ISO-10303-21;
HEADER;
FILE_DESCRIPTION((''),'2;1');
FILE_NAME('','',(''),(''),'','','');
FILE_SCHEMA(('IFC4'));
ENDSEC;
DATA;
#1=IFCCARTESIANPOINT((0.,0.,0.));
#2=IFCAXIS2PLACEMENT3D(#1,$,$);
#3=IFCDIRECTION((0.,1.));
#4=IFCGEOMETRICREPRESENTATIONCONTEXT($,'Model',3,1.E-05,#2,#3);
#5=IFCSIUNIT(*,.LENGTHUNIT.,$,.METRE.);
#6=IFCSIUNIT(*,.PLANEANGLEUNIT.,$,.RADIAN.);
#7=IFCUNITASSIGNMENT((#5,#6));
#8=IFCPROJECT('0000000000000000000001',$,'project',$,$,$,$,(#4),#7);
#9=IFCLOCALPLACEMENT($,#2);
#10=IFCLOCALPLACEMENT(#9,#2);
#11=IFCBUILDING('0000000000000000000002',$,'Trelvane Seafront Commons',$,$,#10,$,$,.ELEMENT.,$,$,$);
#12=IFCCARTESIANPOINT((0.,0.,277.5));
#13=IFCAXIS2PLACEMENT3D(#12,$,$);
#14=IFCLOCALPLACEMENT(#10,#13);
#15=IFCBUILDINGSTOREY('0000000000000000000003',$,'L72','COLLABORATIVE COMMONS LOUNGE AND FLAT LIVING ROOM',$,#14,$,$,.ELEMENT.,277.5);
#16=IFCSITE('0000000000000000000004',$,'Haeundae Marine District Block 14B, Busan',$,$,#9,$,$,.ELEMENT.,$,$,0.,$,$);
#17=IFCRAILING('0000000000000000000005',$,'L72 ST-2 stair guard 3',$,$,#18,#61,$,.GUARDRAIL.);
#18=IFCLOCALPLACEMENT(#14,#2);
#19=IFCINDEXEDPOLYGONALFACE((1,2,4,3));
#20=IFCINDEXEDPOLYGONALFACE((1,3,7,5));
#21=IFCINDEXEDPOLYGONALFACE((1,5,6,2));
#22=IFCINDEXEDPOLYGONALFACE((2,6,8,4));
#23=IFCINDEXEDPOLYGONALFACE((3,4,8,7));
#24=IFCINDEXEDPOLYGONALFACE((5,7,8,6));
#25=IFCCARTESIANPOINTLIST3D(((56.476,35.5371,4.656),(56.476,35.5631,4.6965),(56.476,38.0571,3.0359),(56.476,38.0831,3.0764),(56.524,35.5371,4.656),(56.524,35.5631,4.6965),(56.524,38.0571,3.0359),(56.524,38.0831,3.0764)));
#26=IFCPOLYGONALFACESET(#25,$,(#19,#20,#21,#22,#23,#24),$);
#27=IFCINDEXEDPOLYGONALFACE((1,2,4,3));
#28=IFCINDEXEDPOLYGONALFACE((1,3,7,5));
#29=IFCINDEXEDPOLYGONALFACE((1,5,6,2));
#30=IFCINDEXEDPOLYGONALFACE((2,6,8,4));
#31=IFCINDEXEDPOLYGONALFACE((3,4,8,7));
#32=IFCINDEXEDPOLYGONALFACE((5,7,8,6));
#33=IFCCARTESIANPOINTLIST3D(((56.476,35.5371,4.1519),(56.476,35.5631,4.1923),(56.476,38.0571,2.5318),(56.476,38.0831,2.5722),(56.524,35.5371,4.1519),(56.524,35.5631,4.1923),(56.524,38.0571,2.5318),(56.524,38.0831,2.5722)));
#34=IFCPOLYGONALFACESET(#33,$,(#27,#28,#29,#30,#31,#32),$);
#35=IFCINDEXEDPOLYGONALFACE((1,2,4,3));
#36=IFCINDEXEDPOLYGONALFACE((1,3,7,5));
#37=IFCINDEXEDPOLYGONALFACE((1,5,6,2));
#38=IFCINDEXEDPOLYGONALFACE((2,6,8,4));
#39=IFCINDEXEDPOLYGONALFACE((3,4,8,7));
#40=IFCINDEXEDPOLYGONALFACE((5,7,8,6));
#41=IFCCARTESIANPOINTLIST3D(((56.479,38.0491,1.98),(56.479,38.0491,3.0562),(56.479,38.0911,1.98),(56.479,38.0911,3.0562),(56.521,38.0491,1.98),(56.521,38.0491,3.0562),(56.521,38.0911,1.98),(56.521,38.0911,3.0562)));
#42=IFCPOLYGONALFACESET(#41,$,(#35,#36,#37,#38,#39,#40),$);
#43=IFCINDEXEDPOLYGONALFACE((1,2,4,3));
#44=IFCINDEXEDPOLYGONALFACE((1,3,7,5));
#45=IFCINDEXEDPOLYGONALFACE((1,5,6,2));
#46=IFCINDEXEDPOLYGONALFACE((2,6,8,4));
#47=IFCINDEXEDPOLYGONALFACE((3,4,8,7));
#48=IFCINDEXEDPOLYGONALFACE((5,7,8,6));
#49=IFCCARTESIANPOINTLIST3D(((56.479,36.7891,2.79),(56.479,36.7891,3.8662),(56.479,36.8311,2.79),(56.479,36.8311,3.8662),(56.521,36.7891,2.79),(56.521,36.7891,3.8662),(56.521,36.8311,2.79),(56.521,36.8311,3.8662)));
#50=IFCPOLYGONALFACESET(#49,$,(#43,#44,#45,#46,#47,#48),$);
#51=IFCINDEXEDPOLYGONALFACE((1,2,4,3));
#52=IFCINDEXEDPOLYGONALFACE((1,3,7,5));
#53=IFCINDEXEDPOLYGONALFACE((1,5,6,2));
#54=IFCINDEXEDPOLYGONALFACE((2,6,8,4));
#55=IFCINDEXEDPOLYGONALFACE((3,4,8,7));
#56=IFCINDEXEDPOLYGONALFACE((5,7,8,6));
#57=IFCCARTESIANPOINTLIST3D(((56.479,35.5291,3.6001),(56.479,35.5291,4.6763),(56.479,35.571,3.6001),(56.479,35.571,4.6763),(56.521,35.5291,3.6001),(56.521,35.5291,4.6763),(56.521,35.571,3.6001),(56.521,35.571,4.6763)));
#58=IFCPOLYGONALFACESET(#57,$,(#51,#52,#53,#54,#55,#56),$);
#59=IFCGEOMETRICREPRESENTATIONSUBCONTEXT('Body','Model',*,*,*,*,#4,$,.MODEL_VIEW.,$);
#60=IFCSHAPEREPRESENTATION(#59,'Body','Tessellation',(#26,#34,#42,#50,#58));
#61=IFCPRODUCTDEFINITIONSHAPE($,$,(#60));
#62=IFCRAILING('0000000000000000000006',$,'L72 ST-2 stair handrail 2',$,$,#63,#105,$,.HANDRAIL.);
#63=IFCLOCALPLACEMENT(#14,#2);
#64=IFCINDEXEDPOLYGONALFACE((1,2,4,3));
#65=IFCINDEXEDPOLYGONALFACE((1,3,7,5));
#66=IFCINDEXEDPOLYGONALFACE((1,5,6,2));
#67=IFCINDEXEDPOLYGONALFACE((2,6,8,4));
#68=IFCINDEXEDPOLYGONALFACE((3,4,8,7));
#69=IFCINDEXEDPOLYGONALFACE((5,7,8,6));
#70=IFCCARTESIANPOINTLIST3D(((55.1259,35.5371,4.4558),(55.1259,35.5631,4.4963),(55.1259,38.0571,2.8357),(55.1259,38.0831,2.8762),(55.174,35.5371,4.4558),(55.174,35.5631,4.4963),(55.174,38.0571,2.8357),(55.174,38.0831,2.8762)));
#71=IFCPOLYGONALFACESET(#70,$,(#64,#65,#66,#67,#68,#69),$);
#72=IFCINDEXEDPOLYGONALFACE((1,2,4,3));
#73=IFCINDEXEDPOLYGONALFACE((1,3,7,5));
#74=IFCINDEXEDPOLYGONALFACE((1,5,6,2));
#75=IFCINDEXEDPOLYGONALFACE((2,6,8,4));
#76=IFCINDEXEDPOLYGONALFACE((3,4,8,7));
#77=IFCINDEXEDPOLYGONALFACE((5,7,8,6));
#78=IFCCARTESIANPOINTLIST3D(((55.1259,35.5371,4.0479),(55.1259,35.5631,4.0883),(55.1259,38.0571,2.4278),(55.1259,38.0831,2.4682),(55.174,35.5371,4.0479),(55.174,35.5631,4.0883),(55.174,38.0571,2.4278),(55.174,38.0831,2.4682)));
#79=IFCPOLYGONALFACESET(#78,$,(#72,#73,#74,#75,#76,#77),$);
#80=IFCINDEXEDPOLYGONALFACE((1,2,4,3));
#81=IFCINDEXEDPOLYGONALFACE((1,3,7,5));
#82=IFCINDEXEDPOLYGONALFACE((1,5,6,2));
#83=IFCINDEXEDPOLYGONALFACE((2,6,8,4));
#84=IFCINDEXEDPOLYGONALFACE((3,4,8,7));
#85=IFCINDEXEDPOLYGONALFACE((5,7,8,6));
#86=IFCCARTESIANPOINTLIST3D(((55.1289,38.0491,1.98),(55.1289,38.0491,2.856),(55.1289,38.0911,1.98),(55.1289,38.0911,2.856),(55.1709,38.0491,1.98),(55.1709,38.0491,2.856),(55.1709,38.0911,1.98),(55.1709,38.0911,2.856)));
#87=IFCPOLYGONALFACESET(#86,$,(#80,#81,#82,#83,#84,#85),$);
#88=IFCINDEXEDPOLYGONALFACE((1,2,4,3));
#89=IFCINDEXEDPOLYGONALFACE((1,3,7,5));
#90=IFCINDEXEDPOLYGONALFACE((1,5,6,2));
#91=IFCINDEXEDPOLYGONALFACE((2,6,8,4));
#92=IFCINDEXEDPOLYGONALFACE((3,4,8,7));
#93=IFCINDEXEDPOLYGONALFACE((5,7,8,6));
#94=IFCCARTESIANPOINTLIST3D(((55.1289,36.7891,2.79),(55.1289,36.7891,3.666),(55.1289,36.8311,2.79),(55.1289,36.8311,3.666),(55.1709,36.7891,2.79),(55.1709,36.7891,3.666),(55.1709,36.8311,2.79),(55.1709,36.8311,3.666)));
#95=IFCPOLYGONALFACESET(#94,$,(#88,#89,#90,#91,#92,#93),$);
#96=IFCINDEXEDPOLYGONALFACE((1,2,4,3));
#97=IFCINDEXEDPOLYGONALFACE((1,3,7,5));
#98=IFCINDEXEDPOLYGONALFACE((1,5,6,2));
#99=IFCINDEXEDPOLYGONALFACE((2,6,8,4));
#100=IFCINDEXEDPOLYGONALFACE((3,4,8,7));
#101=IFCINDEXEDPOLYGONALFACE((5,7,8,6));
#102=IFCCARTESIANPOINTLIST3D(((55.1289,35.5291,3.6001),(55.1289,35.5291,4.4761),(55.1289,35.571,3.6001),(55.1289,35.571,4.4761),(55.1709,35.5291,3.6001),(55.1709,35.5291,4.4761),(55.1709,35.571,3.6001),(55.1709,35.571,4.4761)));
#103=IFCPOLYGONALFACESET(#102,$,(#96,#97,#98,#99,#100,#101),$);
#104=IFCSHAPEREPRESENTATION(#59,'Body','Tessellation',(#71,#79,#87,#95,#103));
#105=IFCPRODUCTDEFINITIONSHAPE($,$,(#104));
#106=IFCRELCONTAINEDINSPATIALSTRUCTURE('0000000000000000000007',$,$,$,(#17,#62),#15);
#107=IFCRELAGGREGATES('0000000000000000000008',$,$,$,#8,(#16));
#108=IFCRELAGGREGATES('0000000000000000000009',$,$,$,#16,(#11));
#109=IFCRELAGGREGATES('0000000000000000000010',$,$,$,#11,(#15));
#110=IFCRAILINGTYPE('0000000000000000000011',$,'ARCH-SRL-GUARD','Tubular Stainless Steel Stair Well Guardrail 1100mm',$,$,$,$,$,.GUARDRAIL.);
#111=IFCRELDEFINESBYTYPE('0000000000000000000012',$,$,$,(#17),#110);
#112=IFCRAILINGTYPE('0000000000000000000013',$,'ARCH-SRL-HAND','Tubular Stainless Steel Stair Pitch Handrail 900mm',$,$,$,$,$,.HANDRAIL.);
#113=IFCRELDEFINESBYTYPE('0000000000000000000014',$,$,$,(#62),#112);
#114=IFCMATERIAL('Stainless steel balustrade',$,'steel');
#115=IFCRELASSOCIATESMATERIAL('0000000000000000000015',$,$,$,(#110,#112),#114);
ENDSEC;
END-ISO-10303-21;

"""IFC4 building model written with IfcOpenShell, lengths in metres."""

from ifc_helpers import new_model, si_unit, direction, frame, origin, origin_2d, place, context, subcontext, project, spatial, rectangle, extrude, material, type_object, element, save


model = new_model("IFC4")

# Units and contexts
model_context = context("Model", 3, precision=1e-05, world=origin(), true_north=direction((0.0, 1.0)))
body_context = subcontext(model_context, "Body", "Model", "MODEL_VIEW")
ifc_project = project(units=[si_unit("LENGTHUNIT", "METRE"), si_unit("PLANEANGLEUNIT", "RADIAN")], contexts=[model_context])

# Site, building, storey
site_placement = place(None, origin())
site = spatial("IfcSite", under=ifc_project, at=site_placement, Name="Haeundae Marine District Block 14B, Busan", CompositionType="ELEMENT", RefElevation=0.0)
building_placement = place(site_placement, origin())
building = spatial("IfcBuilding", under=site, at=building_placement, Name="Trelvane Seafront Commons", CompositionType="ELEMENT")
storey_placement = place(building_placement, frame((0.0, 0.0, 277.5)))
storey = spatial("IfcBuildingStorey", under=building, at=storey_placement, Name="L72", Description="COLLABORATIVE COMMONS LOUNGE AND FLAT LIVING ROOM", CompositionType="ELEMENT", Elevation=277.5)

# Railings
ifc_material_1 = material(Name="Stainless steel balustrade", Category="steel")
railing_type_1 = type_object("IfcRailingType", Name="ARCH-SRL-GUARD", Description="Tubular Stainless Steel Stair Well Guardrail 1100mm", PredefinedType="GUARDRAIL", material=ifc_material_1)
railing_1_placement = place(storey_placement, frame((56.5, 38.0701, 1.98)))
element("IfcRailing", 1, at=railing_1_placement, inside=storey, type_object=railing_type_1, Name="L72 ST-2 stair guard 3", PredefinedType="GUARDRAIL", context=body_context, shape_type="SweptSolid", body=[
    extrude(rectangle(XDim=0.0481, YDim=0.0481, at=origin_2d()), frame((0.0, 0.0, 1.0762), z_axis=(0.0, -0.841163, 0.540782), x_axis=(1.0, 0.0, 0.0)), (0.0, 0.0, 1.0), 2.9958),
    extrude(rectangle(XDim=0.0481, YDim=0.0481, at=origin_2d()), frame((0.0, 0.0, 0.572), z_axis=(0.0, -0.841163, 0.540782), x_axis=(1.0, 0.0, 0.0)), (0.0, 0.0, 1.0), 2.9958),
    extrude(rectangle(XDim=0.042, YDim=0.042, at=origin_2d()), origin(), (0.0, 0.0, 1.0), 1.0762),
    extrude(rectangle(XDim=0.042, YDim=0.042, at=origin_2d()), frame((0.0, -1.26, 0.8101)), (0.0, 0.0, 1.0), 1.0762),
    extrude(rectangle(XDim=0.042, YDim=0.042, at=origin_2d()), frame((0.0, -2.52, 1.6201)), (0.0, 0.0, 1.0), 1.0762),
])
railing_type_2 = type_object("IfcRailingType", Name="ARCH-SRL-HAND", Description="Tubular Stainless Steel Stair Pitch Handrail 900mm", PredefinedType="HANDRAIL", material=ifc_material_1)
railing_2_placement = place(storey_placement, frame((55.1499, 38.0701, 1.98)))
element("IfcRailing", 2, at=railing_2_placement, inside=storey, type_object=railing_type_2, Name="L72 ST-2 stair handrail 2", PredefinedType="HANDRAIL", context=body_context, shape_type="SweptSolid", body=[
    extrude(rectangle(XDim=0.0481, YDim=0.0481, at=origin_2d()), frame((0.0, 0.0, 0.876), z_axis=(0.0, -0.841163, 0.540782), x_axis=(1.0, 0.0, 0.0)), (0.0, 0.0, 1.0), 2.9958),
    extrude(rectangle(XDim=0.0481, YDim=0.0481, at=origin_2d()), frame((0.0, 0.0, 0.468), z_axis=(0.0, -0.841163, 0.540782), x_axis=(1.0, 0.0, 0.0)), (0.0, 0.0, 1.0), 2.9958),
    extrude(rectangle(XDim=0.042, YDim=0.042, at=origin_2d()), origin(), (0.0, 0.0, 1.0), 0.876),
    extrude(rectangle(XDim=0.042, YDim=0.042, at=origin_2d()), frame((0.0, -1.26, 0.8101)), (0.0, 0.0, 1.0), 0.876),
    extrude(rectangle(XDim=0.042, YDim=0.042, at=origin_2d()), frame((0.0, -2.52, 1.6201)), (0.0, 0.0, 1.0), 0.876),
])

save(model, "model.ifc")
